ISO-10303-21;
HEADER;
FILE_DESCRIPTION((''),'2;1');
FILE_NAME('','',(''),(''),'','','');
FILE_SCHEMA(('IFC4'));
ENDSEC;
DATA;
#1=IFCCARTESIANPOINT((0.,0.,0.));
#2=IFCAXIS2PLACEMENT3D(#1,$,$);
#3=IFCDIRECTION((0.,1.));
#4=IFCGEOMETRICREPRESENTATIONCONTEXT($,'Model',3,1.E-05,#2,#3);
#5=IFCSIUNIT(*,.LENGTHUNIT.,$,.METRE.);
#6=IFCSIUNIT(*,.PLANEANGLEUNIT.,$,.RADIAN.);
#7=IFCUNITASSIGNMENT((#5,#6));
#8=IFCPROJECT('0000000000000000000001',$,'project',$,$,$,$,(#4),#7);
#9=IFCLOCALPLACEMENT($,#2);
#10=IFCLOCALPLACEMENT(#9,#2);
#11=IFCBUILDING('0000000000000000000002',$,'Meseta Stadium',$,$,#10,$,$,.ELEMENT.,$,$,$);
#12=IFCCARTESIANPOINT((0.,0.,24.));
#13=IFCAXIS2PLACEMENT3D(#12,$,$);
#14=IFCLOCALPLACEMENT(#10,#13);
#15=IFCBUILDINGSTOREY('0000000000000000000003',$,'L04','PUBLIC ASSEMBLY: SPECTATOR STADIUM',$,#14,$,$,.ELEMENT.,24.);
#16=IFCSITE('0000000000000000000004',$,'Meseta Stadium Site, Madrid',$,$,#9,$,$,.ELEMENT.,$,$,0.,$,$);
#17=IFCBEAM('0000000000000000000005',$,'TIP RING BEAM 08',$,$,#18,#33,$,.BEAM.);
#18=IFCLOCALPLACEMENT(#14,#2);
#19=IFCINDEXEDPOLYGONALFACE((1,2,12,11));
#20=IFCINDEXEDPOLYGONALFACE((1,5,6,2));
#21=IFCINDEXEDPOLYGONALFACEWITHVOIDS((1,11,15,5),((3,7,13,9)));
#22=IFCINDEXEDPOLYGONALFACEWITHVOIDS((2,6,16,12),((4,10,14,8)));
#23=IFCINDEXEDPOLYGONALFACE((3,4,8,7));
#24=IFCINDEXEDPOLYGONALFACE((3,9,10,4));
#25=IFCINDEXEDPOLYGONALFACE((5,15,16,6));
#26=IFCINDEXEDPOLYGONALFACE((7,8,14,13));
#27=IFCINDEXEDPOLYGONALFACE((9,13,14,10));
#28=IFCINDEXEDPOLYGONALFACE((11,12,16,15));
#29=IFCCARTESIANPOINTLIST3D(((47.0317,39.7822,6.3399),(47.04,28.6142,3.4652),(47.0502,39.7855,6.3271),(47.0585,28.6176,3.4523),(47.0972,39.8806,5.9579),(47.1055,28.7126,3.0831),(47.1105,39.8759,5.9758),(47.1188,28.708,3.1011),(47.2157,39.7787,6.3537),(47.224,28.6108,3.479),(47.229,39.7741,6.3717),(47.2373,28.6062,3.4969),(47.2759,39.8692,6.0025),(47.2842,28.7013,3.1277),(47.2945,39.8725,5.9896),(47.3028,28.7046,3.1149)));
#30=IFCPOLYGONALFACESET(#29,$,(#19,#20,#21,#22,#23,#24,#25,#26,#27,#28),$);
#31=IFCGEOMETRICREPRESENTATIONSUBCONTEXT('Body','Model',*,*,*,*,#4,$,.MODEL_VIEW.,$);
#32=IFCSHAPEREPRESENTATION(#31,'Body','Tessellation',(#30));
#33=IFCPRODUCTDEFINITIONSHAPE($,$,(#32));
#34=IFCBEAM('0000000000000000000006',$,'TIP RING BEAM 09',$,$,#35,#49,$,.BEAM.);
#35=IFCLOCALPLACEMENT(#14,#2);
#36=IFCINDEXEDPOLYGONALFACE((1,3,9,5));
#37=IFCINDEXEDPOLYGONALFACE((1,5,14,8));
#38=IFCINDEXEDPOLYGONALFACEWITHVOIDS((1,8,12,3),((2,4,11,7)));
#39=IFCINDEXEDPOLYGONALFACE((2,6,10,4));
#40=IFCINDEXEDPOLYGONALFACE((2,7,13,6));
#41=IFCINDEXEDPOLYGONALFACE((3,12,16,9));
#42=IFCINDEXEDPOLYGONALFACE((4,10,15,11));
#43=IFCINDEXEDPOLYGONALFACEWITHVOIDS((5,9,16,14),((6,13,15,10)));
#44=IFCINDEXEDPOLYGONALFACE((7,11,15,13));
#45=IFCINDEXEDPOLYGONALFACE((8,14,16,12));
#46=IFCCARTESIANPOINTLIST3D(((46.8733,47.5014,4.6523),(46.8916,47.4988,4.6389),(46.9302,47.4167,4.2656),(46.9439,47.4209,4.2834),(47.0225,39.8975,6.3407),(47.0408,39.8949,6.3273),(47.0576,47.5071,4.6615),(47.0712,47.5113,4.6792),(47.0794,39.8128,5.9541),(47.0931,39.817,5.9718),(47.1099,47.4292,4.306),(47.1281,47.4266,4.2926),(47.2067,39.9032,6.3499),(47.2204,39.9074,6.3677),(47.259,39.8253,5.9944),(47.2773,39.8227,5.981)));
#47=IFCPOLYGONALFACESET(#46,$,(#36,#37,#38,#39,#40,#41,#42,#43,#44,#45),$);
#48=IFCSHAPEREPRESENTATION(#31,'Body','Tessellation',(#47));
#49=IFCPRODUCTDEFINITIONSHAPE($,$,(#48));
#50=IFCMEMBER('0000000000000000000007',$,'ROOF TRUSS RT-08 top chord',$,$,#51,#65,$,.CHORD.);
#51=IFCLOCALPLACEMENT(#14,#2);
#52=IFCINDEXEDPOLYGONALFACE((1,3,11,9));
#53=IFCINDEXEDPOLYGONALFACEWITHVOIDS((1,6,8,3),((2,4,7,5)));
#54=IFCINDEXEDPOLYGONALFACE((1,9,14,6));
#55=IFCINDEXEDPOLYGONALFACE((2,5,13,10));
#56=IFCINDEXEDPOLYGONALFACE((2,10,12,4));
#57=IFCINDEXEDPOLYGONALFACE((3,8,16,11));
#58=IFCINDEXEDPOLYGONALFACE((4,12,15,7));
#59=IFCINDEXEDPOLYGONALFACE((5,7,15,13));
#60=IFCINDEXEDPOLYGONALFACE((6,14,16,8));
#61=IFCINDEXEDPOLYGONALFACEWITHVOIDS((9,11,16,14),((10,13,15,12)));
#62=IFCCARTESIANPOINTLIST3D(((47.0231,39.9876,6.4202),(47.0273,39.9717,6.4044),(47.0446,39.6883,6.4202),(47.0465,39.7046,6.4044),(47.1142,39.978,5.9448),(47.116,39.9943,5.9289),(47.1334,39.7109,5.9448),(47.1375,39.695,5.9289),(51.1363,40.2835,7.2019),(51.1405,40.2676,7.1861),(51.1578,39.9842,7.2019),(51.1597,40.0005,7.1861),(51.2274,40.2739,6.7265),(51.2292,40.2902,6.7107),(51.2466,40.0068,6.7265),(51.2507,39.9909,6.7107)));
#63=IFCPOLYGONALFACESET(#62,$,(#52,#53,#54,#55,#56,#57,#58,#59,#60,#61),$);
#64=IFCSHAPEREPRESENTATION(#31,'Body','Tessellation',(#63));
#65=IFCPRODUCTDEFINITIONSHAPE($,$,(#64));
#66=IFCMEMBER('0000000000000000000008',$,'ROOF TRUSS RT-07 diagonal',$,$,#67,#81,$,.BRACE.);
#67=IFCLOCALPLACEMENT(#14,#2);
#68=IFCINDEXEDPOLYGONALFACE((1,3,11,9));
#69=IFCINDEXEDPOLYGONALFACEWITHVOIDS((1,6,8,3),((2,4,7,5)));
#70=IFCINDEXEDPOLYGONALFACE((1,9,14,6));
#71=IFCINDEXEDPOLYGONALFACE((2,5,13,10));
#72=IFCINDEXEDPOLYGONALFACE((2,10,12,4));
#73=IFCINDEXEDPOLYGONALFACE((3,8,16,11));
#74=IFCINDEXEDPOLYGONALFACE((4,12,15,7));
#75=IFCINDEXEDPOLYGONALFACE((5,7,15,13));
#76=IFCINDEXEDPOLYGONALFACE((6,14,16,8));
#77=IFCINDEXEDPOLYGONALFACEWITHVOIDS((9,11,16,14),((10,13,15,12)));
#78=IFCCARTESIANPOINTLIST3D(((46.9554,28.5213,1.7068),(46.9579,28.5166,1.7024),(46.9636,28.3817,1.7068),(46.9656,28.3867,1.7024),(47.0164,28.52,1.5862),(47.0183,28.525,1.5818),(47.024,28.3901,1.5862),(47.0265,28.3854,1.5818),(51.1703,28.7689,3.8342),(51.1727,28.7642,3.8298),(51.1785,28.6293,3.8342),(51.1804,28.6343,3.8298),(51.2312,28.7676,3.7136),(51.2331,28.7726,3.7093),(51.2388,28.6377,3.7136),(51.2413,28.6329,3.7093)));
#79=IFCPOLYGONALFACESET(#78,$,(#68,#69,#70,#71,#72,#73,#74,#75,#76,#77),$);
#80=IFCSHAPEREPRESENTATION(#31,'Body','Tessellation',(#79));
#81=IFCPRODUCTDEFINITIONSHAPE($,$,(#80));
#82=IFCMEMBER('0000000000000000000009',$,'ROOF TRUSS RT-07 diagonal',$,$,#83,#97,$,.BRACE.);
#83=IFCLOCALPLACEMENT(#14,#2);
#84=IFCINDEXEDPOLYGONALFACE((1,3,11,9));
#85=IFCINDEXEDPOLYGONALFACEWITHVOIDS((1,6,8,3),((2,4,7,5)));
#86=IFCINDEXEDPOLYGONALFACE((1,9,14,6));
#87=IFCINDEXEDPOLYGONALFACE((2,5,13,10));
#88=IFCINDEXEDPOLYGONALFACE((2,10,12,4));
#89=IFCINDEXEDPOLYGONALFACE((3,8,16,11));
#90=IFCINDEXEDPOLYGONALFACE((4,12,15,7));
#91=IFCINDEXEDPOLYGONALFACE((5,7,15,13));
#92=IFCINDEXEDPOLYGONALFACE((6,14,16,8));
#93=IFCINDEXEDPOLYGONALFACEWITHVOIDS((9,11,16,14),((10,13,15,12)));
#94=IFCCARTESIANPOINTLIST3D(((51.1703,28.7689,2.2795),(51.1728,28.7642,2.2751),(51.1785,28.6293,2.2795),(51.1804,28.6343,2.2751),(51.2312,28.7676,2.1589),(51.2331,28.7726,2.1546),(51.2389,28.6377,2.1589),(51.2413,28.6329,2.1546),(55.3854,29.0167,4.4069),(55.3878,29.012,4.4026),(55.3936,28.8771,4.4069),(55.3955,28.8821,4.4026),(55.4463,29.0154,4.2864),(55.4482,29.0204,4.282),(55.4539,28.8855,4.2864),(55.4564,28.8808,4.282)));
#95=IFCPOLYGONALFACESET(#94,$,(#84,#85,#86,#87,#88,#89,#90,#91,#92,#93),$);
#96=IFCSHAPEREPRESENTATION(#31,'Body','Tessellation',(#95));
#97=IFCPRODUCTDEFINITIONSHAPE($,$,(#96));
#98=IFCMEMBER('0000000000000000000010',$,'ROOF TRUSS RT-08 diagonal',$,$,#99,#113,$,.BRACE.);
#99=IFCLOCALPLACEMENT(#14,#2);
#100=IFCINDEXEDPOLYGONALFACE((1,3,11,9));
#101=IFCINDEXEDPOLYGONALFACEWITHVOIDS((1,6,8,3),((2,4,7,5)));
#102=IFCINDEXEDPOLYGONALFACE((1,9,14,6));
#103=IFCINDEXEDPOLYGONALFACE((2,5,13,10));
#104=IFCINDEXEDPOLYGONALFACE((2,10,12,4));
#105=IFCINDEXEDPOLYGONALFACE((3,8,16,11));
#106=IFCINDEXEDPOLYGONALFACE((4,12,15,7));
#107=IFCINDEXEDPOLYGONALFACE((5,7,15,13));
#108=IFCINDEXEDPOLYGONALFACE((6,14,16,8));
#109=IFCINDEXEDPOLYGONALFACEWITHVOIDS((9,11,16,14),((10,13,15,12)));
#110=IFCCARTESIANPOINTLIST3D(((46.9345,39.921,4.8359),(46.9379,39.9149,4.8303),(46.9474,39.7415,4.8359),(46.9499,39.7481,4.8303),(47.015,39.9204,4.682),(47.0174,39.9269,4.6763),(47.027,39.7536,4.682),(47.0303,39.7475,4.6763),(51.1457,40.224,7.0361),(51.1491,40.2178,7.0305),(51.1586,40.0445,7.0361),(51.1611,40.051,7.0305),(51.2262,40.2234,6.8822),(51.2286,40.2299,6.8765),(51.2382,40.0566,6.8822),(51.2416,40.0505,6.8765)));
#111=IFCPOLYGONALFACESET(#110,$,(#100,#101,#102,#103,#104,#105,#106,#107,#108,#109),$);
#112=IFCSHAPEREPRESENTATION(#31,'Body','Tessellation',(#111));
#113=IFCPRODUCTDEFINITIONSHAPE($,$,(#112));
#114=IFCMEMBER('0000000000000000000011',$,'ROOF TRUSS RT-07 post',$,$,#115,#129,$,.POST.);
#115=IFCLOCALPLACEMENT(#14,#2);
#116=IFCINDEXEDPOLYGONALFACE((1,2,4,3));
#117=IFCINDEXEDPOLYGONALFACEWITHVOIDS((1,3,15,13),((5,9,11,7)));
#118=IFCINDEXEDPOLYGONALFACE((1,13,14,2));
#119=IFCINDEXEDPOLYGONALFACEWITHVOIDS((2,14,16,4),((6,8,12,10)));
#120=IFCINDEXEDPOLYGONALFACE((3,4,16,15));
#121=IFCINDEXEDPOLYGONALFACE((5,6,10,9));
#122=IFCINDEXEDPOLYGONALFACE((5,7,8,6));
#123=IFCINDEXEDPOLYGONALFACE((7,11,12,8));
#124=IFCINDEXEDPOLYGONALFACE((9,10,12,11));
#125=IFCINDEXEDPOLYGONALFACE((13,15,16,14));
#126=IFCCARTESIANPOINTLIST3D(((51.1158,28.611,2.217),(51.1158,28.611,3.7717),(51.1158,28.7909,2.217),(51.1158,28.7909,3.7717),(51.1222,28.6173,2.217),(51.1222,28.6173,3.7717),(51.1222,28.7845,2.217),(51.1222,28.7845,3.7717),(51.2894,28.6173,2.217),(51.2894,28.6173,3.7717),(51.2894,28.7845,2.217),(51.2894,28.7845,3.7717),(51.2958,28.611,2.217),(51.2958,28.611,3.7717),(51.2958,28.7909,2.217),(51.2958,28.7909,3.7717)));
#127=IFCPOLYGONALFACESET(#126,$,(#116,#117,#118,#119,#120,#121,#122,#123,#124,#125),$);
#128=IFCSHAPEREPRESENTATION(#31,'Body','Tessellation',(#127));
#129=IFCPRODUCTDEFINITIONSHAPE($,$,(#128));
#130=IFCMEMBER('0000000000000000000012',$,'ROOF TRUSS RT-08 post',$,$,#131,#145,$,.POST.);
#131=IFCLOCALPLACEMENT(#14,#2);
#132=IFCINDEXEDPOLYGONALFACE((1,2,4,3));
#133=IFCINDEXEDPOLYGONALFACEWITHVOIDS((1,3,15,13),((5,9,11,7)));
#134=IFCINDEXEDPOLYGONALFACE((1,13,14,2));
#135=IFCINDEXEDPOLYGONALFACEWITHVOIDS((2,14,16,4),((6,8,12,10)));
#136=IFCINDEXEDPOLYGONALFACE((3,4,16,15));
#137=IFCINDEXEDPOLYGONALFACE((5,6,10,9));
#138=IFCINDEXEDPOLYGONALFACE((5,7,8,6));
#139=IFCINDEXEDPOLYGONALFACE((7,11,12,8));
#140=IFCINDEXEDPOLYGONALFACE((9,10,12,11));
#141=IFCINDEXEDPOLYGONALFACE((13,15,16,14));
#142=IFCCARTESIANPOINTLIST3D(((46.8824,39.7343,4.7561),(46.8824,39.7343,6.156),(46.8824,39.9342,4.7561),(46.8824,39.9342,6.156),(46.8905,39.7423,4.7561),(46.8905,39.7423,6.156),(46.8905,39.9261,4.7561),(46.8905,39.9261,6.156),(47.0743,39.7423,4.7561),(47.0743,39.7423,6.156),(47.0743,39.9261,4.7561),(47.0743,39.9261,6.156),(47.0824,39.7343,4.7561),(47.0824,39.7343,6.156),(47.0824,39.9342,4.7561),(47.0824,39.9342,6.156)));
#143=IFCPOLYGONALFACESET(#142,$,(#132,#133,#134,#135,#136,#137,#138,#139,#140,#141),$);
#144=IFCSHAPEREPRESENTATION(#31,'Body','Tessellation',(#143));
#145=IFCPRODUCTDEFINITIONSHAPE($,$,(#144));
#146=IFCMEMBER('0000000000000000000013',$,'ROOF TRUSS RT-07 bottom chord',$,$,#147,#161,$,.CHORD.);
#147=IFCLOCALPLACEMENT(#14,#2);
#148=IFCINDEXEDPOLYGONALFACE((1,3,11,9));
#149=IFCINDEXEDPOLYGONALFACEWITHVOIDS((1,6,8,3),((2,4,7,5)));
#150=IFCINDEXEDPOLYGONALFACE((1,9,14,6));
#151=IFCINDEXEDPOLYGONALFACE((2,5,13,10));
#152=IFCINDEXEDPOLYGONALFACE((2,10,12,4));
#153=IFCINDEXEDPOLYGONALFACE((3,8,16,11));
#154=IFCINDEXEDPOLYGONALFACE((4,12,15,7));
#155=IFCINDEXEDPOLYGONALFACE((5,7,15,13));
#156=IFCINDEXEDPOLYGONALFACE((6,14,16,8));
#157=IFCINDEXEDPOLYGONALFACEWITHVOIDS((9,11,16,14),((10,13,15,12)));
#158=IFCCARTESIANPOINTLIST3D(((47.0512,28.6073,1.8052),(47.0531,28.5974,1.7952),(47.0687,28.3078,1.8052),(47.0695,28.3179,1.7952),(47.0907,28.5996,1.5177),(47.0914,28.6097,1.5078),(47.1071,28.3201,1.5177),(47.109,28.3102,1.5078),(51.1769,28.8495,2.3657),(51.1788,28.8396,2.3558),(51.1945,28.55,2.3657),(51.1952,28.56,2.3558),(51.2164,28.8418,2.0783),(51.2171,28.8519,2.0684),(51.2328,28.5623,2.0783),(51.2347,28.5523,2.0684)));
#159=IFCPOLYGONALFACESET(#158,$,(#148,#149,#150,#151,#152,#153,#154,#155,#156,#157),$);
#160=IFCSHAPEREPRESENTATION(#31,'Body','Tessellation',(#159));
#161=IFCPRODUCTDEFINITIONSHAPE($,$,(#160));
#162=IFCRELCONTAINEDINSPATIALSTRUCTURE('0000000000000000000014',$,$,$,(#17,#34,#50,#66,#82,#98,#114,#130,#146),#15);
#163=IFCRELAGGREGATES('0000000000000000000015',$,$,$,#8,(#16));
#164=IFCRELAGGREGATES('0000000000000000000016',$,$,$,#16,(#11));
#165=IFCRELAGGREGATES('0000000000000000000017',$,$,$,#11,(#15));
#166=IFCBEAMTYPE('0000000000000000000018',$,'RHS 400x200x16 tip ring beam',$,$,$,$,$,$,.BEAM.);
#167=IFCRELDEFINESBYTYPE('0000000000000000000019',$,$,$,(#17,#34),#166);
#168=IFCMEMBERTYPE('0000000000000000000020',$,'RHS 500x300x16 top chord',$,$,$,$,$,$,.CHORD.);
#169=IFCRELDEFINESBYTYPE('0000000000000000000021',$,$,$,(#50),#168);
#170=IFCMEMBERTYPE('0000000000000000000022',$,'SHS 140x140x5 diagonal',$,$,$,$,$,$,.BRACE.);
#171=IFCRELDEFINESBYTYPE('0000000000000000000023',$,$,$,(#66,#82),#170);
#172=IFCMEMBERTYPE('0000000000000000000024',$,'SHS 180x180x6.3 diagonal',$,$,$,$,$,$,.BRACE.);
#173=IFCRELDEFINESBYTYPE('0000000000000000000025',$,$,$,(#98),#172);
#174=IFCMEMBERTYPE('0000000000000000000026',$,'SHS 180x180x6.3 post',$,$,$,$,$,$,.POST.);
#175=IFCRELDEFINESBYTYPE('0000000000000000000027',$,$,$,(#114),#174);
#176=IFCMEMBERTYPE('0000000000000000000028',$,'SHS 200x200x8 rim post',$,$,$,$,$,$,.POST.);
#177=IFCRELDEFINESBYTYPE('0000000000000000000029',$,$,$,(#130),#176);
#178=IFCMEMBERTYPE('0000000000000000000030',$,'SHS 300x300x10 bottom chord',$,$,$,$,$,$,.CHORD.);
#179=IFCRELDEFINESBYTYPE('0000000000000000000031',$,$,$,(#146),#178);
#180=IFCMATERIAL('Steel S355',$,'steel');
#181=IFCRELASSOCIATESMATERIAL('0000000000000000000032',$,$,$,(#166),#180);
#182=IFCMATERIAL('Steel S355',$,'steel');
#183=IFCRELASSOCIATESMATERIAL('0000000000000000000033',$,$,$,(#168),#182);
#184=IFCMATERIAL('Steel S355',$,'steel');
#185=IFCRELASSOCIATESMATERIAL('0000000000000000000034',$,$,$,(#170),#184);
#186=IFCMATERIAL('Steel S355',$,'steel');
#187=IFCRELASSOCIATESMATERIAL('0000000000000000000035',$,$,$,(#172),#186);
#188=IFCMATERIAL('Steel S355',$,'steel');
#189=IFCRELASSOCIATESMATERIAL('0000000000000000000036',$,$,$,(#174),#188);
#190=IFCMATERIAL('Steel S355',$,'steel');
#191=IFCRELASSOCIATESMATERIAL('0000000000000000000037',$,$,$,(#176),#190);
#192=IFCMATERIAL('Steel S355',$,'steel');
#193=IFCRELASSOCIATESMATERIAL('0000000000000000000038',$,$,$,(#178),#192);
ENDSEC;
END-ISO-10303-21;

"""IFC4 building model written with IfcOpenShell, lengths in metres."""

from ifc_helpers import new_model, si_unit, direction, frame, origin, origin_2d, place, context, subcontext, project, spatial, hollow_rectangle, extrude, material, material_profile, profile_set, type_object, element, save


model = new_model("IFC4")

# Units and contexts
model_context = context("Model", 3, precision=1e-05, world=origin(), true_north=direction((0.0, 1.0)))
body_context = subcontext(model_context, "Body", "Model", "MODEL_VIEW")
ifc_project = project(units=[si_unit("LENGTHUNIT", "METRE"), si_unit("PLANEANGLEUNIT", "RADIAN")], contexts=[model_context])

# Site, building, storey
site_placement = place(None, origin())
site = spatial("IfcSite", under=ifc_project, at=site_placement, Name="Meseta Stadium Site, Madrid", CompositionType="ELEMENT", RefElevation=0.0)
building_placement = place(site_placement, origin())
building = spatial("IfcBuilding", under=site, at=building_placement, Name="Meseta Stadium", CompositionType="ELEMENT")
storey_placement = place(building_placement, frame((0.0, 0.0, 24.0)))
storey = spatial("IfcBuildingStorey", under=building, at=storey_placement, Name="L04", Description="PUBLIC ASSEMBLY: SPECTATOR STADIUM", CompositionType="ELEMENT", Elevation=24.0)

# Beams
ifc_material_1 = material(Name="Steel S355", Category="steel")
ifc_material_profile_1 = material_profile(ifc_material_1, hollow_rectangle(XDim=0.2, YDim=0.3999, WallThickness=0.0161, at=origin_2d()), Name="RHS 400x200x16")
ifc_profile_set_1 = profile_set([ifc_material_profile_1], Name="Steel S355")
beam_type = type_object("IfcBeamType", Name="RHS 400x200x16 tip ring beam", PredefinedType="BEAM", material=ifc_profile_set_1)
beam_1_placement = place(storey_placement, frame((47.1714, 28.6594, 3.29), z_axis=(-0.00072, 0.96843, 0.249284), x_axis=(-0.986487, 0.040155, -0.158844)))
element("IfcBeam", 1, at=beam_1_placement, inside=storey, type_object=beam_type, Name="TIP RING BEAM 08", PredefinedType="BEAM", context=body_context, shape_type="SweptSolid", body=[
    extrude(hollow_rectangle(XDim=0.2, YDim=0.3999, WallThickness=0.0161, at=origin_2d()), origin(), (0.0, 0.0, 1.0), 11.532),
])
beam_2_placement = place(storey_placement, frame((47.1499, 39.8601, 6.1609), z_axis=(-0.019147, 0.976043, -0.216731), x_axis=(-0.989644, -0.049346, -0.134797)))
element("IfcBeam", 2, at=beam_2_placement, inside=storey, type_object=beam_type, Name="TIP RING BEAM 09", PredefinedType="BEAM", context=body_context, shape_type="SweptSolid", body=[
    extrude(hollow_rectangle(XDim=0.2, YDim=0.3999, WallThickness=0.0161, at=origin_2d()), origin(), (0.0, 0.0, 1.0), 7.7905),
])

# Members
ifc_material_2 = material(Name="Steel S355", Category="steel")
ifc_material_profile_2 = material_profile(ifc_material_2, hollow_rectangle(XDim=0.3, YDim=0.5, WallThickness=0.0161, at=origin_2d()), Name="RHS 500x300x16")
ifc_profile_set_2 = profile_set([ifc_material_profile_2], Name="Steel S355")
member_type_1 = type_object("IfcMemberType", Name="RHS 500x300x16 top chord", PredefinedType="CHORD", material=ifc_profile_set_2)
member_1_placement = place(storey_placement, frame((47.0803, 39.8413, 6.1746), z_axis=(0.979971, 0.070496, 0.186246), x_axis=(-0.071752, 0.997423, 0.0)))
element("IfcMember", 3, at=member_1_placement, inside=storey, type_object=member_type_1, Name="ROOF TRUSS RT-08 top chord", PredefinedType="CHORD", context=body_context, shape_type="SweptSolid", body=[
    extrude(hollow_rectangle(XDim=0.3, YDim=0.5, WallThickness=0.0161, at=origin_2d()), origin(), (0.0, 0.0, 1.0), 4.1973),
])
ifc_material_3 = material(Name="Steel S355", Category="steel")
ifc_material_profile_3 = material_profile(ifc_material_3, hollow_rectangle(XDim=0.1399, YDim=0.1399, WallThickness=0.0049, at=origin_2d()), Name="SHS 140x140x5")
ifc_profile_set_3 = profile_set([ifc_material_profile_3], Name="Steel S355")
member_type_2 = type_object("IfcMemberType", Name="SHS 140x140x5 diagonal", PredefinedType="BRACE", material=ifc_profile_set_3)
member_2_placement = place(storey_placement, frame((46.991, 28.4534, 1.6443), z_axis=(0.8915, 0.052362, 0.449984), x_axis=(-0.058634, 0.99828, 0.0)))
element("IfcMember", 4, at=member_2_placement, inside=storey, type_object=member_type_2, Name="ROOF TRUSS RT-07 diagonal", PredefinedType="BRACE", context=body_context, shape_type="SweptSolid", body=[
    extrude(hollow_rectangle(XDim=0.1399, YDim=0.1399, WallThickness=0.0049, at=origin_2d()), origin(), (0.0, 0.0, 1.0), 4.7278),
])
member_3_placement = place(storey_placement, frame((51.2058, 28.7009, 2.217), z_axis=(0.891508, 0.052411, 0.449962), x_axis=(-0.058688, 0.998276, 0.0)))
element("IfcMember", 5, at=member_3_placement, inside=storey, type_object=member_type_2, Name="ROOF TRUSS RT-07 diagonal", PredefinedType="BRACE", context=body_context, shape_type="SweptSolid", body=[
    extrude(hollow_rectangle(XDim=0.1399, YDim=0.1399, WallThickness=0.0049, at=origin_2d()), origin(), (0.0, 0.0, 1.0), 4.728),
])
ifc_material_4 = material(Name="Steel S355", Category="steel")
ifc_material_profile_4 = material_profile(ifc_material_4, hollow_rectangle(XDim=0.1799, YDim=0.1799, WallThickness=0.0063, at=origin_2d()), Name="SHS 180x180x6.3")
ifc_profile_set_4 = profile_set([ifc_material_profile_4], Name="Steel S355")
member_type_3 = type_object("IfcMemberType", Name="SHS 180x180x6.3 diagonal", PredefinedType="BRACE", material=ifc_profile_set_4)
member_4_placement = place(storey_placement, frame((46.9824, 39.8342, 4.7561), z_axis=(0.884524, 0.063638, 0.462133), x_axis=(-0.071761, 0.997422, 0.0)))
element("IfcMember", 6, at=member_4_placement, inside=storey, type_object=member_type_3, Name="ROOF TRUSS RT-08 diagonal", PredefinedType="BRACE", context=body_context, shape_type="SweptSolid", body=[
    extrude(hollow_rectangle(XDim=0.1799, YDim=0.1799, WallThickness=0.0063, at=origin_2d()), origin(), (0.0, 0.0, 1.0), 4.761),
])
ifc_material_5 = material(Name="Steel S355", Category="steel")
ifc_material_profile_5 = material_profile(ifc_material_5, hollow_rectangle(XDim=0.1799, YDim=0.1799, WallThickness=0.0063, at=origin_2d()), Name="SHS 180x180x6.3")
ifc_profile_set_5 = profile_set([ifc_material_profile_5], Name="Steel S355")
member_type_4 = type_object("IfcMemberType", Name="SHS 180x180x6.3 post", PredefinedType="POST", material=ifc_profile_set_5)
member_5_placement = place(storey_placement, frame((51.2058, 28.7009, 2.217), z_axis=(0.0, 0.0, 1.0), x_axis=(1.0, 0.0, 0.0)))
element("IfcMember", 7, at=member_5_placement, inside=storey, type_object=member_type_4, Name="ROOF TRUSS RT-07 post", PredefinedType="POST", context=body_context, shape_type="SweptSolid", body=[
    extrude(hollow_rectangle(XDim=0.1799, YDim=0.1799, WallThickness=0.0063, at=origin_2d()), origin(), (0.0, 0.0, 1.0), 1.5547),
])
ifc_material_6 = material(Name="Steel S355", Category="steel")
ifc_material_profile_6 = material_profile(ifc_material_6, hollow_rectangle(XDim=0.2, YDim=0.2, WallThickness=0.0081, at=origin_2d()), Name="SHS 200x200x8")
ifc_profile_set_6 = profile_set([ifc_material_profile_6], Name="Steel S355")
member_type_5 = type_object("IfcMemberType", Name="SHS 200x200x8 rim post", PredefinedType="POST", material=ifc_profile_set_6)
member_6_placement = place(storey_placement, frame((46.9824, 39.8342, 4.7561), z_axis=(0.0, 0.0, 1.0), x_axis=(1.0, 0.0, 0.0)))
element("IfcMember", 8, at=member_6_placement, inside=storey, type_object=member_type_5, Name="ROOF TRUSS RT-08 post", PredefinedType="POST", context=body_context, shape_type="SweptSolid", body=[
    extrude(hollow_rectangle(XDim=0.2, YDim=0.2, WallThickness=0.0081, at=origin_2d()), origin(), (0.0, 0.0, 1.0), 1.3999),
])
ifc_material_7 = material(Name="Steel S355", Category="steel")
ifc_material_profile_7 = material_profile(ifc_material_7, hollow_rectangle(XDim=0.3, YDim=0.3, WallThickness=0.01, at=origin_2d()), Name="SHS 300x300x10")
ifc_profile_set_7 = profile_set([ifc_material_profile_7], Name="Steel S355")
member_type_6 = type_object("IfcMemberType", Name="SHS 300x300x10 bottom chord", PredefinedType="CHORD", material=ifc_profile_set_7)
member_7_placement = place(storey_placement, frame((47.0801, 28.4587, 1.6565), z_axis=(0.989224, 0.058069, 0.134402), x_axis=(-0.058601, 0.998281, 0.0)))
element("IfcMember", 9, at=member_7_placement, inside=storey, type_object=member_type_6, Name="ROOF TRUSS RT-07 bottom chord", PredefinedType="CHORD", context=body_context, shape_type="SweptSolid", body=[
    extrude(hollow_rectangle(XDim=0.3, YDim=0.3, WallThickness=0.01, at=origin_2d()), origin(), (0.0, 0.0, 1.0), 4.1707),
])

save(model, "model.ifc")
